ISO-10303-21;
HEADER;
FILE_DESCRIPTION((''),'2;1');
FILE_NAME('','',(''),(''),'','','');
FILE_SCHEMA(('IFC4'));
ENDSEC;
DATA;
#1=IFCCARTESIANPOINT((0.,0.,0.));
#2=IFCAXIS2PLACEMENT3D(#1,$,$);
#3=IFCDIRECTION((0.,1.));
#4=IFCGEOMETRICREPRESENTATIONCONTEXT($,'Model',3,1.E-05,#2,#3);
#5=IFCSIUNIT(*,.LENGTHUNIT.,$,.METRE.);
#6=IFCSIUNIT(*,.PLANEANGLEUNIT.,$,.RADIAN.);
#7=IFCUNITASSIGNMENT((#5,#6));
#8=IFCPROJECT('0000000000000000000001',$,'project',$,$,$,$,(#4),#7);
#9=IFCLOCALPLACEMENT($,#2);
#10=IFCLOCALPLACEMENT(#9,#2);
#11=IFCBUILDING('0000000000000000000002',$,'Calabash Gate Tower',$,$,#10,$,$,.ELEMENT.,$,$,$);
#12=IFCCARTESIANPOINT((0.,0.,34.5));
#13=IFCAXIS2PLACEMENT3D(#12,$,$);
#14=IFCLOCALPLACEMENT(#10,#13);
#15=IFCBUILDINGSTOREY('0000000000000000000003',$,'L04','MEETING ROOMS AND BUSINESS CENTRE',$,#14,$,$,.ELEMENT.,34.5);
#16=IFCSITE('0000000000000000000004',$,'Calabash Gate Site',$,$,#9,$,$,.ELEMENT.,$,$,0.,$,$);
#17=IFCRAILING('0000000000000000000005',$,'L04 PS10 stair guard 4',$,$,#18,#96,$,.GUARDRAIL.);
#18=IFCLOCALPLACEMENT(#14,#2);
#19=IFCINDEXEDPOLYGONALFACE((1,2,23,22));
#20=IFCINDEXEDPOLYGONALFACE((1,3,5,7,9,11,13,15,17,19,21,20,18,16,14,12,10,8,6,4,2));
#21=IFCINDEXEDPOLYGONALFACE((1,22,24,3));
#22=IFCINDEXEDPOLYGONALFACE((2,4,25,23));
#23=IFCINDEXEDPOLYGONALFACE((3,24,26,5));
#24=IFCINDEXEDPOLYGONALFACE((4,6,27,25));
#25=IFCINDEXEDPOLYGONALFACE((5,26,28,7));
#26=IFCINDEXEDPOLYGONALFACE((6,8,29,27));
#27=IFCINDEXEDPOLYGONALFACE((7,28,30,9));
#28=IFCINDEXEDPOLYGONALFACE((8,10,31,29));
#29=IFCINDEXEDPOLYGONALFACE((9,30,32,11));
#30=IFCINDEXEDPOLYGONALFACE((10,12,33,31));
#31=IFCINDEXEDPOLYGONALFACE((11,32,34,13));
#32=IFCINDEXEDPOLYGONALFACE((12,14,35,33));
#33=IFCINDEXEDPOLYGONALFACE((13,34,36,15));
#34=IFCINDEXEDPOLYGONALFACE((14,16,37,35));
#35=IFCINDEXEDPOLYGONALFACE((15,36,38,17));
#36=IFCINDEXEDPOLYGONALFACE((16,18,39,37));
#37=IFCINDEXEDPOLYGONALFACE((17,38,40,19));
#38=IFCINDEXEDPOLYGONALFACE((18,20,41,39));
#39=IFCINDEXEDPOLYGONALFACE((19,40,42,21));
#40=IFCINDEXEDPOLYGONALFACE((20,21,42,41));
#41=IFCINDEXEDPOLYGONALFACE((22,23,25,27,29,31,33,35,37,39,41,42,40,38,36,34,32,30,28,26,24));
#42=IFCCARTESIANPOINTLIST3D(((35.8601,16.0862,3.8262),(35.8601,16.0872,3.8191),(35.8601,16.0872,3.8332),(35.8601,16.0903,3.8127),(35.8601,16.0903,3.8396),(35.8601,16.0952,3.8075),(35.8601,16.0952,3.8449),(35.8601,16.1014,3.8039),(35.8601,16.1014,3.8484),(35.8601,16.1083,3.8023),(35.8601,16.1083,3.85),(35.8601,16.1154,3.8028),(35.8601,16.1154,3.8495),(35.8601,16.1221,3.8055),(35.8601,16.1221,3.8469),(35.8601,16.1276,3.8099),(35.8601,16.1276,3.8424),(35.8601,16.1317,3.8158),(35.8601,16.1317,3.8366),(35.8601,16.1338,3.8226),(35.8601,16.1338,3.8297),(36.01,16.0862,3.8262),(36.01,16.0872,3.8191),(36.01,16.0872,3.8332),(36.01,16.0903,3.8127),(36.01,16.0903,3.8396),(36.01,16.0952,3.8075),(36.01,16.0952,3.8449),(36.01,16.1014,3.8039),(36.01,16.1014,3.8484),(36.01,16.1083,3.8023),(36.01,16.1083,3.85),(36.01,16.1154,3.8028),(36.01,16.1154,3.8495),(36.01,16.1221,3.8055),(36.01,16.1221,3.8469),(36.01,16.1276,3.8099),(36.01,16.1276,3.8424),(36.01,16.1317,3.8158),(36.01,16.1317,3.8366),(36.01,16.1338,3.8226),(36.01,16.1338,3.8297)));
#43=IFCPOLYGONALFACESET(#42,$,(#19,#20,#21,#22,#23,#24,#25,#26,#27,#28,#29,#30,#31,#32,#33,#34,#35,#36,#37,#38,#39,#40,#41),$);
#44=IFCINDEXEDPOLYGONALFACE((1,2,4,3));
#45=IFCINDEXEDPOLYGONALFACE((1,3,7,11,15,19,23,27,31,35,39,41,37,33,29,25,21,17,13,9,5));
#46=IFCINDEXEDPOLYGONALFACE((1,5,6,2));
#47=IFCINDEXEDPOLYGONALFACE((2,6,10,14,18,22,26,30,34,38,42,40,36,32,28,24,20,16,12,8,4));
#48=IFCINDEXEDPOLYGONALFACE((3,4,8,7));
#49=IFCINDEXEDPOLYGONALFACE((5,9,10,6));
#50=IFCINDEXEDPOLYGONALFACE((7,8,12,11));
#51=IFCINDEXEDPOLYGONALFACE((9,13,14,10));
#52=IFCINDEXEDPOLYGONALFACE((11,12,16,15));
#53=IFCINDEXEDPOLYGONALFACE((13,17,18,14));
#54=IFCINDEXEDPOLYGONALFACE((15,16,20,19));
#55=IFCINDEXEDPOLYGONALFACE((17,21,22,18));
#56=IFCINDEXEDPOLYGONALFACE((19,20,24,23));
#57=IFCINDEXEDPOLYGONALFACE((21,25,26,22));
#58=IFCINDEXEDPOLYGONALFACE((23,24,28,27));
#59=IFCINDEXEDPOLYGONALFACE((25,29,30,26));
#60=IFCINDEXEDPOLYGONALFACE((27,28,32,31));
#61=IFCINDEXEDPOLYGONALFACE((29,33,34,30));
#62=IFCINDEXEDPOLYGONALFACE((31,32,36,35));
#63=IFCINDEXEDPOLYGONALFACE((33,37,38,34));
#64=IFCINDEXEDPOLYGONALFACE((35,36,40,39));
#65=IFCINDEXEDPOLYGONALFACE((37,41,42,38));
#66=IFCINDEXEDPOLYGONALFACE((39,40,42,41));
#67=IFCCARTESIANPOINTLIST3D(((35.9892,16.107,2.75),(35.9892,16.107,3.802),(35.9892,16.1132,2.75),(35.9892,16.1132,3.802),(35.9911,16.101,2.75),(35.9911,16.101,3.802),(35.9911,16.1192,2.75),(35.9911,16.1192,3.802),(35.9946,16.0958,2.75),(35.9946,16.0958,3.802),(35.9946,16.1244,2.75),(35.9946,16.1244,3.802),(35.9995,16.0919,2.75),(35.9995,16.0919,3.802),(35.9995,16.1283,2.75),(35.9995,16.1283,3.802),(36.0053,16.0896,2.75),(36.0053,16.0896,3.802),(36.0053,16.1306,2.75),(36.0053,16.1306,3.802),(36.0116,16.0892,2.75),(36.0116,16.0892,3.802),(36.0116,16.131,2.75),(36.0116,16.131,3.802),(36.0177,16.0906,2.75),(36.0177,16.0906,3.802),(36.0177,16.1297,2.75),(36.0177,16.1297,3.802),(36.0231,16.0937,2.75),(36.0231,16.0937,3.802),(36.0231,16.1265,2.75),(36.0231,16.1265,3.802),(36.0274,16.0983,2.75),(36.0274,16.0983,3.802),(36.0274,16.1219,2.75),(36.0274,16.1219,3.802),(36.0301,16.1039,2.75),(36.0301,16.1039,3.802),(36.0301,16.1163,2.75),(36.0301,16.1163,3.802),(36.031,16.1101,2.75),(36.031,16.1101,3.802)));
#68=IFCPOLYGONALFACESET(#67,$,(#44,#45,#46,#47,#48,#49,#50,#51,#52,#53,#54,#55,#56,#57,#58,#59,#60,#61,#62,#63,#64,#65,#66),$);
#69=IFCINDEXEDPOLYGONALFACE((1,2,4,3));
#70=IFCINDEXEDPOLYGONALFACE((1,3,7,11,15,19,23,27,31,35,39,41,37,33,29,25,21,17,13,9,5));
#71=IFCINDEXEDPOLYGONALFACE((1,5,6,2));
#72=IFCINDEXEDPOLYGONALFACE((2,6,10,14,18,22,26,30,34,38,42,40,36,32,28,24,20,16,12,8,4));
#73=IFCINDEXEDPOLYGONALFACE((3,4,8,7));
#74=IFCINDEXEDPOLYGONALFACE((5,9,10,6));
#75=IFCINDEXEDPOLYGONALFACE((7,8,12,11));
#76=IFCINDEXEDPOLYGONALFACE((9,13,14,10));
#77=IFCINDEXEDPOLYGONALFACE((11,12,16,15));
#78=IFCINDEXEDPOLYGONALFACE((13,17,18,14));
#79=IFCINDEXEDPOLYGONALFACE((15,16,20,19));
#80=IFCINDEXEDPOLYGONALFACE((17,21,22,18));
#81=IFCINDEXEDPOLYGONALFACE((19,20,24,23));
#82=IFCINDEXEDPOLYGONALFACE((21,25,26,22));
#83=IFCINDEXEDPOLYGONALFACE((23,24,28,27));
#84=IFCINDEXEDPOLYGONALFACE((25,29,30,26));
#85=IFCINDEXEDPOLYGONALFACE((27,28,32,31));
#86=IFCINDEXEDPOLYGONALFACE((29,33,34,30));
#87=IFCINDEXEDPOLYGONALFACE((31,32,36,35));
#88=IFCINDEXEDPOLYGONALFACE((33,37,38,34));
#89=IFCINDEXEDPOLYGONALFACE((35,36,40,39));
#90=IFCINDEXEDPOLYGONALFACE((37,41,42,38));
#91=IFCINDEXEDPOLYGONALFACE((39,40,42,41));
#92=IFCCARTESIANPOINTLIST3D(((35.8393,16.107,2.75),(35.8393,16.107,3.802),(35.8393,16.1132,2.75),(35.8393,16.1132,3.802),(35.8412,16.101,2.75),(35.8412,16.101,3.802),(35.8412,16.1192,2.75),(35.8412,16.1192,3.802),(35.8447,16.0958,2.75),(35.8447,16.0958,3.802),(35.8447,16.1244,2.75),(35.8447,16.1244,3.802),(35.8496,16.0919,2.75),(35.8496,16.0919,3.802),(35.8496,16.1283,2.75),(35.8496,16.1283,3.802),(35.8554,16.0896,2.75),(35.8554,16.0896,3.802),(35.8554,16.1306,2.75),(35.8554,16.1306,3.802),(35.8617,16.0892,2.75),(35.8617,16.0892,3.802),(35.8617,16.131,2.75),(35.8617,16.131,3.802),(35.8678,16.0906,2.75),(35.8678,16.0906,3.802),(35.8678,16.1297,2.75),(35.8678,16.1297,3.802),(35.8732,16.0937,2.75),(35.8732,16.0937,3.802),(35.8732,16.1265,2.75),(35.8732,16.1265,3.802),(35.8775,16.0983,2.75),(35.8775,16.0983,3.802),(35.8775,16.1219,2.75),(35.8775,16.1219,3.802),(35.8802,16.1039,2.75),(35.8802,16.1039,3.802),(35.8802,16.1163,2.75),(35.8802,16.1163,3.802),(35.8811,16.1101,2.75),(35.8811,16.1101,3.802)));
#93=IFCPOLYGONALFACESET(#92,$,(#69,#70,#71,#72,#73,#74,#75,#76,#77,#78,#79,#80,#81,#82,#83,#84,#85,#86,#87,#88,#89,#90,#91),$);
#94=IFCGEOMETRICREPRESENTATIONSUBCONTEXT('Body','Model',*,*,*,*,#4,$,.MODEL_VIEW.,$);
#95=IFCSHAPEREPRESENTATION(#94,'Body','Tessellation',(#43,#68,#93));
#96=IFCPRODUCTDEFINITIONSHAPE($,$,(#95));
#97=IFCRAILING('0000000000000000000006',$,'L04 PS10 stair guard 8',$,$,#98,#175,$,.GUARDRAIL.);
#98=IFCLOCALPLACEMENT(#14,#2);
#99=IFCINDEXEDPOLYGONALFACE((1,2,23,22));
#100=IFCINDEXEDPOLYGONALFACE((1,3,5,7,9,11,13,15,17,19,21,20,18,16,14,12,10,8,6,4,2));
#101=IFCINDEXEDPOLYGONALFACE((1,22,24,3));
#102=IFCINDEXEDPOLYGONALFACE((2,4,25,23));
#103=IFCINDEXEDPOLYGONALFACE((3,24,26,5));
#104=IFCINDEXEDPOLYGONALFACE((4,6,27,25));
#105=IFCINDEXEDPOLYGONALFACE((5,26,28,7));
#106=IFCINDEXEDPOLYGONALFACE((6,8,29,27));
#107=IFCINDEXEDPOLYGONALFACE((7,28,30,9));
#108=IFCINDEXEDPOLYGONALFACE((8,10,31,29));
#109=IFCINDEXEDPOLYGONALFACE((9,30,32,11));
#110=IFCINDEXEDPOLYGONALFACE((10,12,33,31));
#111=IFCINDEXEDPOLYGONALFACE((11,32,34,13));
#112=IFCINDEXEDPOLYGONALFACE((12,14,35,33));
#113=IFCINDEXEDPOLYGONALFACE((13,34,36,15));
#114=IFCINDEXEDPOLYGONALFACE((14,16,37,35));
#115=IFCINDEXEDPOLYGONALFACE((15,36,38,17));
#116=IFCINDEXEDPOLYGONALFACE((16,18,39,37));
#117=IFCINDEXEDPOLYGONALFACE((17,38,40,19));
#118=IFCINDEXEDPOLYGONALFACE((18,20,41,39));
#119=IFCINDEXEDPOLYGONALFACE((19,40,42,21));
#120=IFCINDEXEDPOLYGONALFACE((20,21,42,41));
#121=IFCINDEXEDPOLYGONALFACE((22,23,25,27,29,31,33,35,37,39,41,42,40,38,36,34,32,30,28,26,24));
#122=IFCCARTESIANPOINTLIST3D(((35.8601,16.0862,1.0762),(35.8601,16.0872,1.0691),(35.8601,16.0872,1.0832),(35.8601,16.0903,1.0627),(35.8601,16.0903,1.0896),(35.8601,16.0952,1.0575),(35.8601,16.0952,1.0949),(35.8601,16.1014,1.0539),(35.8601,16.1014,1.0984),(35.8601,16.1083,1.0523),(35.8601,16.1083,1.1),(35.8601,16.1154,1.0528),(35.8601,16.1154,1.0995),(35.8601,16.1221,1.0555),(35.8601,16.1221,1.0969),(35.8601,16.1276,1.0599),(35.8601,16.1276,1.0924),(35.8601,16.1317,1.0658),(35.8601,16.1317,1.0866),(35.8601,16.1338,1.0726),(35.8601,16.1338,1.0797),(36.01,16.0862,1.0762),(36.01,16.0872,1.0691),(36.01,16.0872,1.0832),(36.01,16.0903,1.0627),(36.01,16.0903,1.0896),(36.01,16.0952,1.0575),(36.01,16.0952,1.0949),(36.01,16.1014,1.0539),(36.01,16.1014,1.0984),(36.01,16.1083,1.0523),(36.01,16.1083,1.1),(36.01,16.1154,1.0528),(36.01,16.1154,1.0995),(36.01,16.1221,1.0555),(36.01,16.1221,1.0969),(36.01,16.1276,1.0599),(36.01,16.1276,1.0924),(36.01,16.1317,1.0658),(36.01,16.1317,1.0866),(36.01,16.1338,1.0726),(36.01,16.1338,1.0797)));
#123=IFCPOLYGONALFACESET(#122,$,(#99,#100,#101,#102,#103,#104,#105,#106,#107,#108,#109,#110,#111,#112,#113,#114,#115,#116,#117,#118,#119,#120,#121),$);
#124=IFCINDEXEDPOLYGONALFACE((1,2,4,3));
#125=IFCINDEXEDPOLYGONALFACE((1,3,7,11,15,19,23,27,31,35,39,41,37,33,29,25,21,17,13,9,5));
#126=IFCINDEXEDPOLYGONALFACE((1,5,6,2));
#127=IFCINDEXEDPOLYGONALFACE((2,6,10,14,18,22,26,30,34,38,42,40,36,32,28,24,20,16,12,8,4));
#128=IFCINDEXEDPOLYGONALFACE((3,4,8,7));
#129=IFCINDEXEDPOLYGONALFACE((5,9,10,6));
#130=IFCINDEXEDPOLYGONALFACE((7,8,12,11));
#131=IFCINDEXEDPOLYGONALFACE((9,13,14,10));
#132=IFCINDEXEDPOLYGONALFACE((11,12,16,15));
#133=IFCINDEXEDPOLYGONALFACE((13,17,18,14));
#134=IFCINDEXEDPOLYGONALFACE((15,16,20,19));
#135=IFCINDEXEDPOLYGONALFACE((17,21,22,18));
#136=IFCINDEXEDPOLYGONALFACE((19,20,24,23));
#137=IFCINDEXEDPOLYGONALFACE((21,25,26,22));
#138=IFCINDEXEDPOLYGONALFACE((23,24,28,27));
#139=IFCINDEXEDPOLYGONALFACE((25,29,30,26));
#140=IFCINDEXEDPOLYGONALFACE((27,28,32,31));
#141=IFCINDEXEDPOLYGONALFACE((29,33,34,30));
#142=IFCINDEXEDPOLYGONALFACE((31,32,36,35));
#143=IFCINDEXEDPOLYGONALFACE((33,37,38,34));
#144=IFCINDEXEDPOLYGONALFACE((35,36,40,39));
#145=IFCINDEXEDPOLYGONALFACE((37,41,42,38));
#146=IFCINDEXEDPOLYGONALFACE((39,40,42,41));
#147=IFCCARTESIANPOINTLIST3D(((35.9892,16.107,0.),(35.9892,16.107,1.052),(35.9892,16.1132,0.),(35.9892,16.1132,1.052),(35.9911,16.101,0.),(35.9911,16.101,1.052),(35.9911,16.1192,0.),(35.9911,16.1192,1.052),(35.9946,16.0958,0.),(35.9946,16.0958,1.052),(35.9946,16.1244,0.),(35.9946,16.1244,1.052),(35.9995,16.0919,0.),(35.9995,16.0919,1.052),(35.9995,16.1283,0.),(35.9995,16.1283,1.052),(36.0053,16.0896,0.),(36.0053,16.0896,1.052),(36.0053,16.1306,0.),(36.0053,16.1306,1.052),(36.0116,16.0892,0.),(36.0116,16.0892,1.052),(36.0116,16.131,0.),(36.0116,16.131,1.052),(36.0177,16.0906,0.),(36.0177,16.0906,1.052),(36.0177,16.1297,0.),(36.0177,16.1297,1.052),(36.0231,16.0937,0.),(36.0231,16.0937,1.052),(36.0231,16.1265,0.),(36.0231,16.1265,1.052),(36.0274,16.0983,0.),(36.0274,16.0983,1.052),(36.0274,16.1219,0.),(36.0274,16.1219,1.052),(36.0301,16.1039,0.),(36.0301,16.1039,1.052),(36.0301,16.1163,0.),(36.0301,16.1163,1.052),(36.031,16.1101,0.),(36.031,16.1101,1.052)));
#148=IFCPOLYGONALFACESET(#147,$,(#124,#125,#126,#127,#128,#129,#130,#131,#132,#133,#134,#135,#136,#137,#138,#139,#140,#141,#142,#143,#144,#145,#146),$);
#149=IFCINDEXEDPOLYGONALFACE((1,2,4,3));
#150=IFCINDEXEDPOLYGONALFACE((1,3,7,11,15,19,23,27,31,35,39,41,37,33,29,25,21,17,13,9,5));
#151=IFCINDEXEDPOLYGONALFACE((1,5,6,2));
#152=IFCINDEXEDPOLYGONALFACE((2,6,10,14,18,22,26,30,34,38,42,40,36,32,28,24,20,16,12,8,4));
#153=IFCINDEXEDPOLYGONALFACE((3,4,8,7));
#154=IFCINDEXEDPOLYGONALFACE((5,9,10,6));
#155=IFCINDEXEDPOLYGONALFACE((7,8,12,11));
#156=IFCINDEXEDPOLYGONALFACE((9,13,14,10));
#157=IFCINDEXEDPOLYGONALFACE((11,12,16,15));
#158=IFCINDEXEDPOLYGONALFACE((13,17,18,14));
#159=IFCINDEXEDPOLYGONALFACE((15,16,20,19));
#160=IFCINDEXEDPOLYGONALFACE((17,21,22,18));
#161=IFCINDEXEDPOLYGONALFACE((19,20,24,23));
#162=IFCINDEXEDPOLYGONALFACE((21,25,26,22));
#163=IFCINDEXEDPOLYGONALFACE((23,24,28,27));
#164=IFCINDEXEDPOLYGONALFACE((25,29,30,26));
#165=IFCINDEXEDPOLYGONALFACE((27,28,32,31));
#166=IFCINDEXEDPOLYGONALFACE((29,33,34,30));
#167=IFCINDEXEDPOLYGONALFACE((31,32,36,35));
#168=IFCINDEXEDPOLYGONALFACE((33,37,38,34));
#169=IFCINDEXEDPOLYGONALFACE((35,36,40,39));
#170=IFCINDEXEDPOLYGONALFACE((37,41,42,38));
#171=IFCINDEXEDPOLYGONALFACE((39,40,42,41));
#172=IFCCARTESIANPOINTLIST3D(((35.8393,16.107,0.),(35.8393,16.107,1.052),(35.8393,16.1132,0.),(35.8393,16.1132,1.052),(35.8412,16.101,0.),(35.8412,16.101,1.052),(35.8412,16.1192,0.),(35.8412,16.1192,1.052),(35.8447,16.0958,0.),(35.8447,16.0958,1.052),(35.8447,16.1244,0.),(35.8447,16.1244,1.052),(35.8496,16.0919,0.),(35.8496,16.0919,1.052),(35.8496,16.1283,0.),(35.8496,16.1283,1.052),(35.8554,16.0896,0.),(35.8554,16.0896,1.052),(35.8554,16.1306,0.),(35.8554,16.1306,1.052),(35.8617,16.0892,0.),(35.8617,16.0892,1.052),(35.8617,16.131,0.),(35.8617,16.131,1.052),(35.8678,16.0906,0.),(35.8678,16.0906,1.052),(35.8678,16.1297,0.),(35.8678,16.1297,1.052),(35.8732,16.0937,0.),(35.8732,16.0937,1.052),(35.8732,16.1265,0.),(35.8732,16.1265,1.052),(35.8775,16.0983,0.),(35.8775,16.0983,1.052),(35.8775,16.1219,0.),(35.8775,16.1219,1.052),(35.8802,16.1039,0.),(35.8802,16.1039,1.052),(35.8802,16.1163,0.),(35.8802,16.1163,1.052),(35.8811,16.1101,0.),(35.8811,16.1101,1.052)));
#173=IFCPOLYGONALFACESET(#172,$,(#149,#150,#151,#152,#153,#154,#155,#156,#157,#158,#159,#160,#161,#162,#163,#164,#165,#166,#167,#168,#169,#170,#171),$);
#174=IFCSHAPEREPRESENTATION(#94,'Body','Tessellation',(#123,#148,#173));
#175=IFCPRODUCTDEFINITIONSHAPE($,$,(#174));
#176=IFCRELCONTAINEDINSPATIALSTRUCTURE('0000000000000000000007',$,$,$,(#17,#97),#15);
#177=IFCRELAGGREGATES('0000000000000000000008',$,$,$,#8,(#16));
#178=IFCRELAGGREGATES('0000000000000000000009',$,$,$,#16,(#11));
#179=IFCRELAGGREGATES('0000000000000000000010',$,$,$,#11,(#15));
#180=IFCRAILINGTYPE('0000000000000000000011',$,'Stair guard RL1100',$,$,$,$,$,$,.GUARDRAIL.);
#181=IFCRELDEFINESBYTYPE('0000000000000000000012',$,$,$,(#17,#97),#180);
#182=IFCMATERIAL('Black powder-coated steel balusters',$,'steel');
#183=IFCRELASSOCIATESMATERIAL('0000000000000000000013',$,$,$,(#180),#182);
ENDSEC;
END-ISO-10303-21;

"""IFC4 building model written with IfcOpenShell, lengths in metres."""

from ifc_helpers import new_model, si_unit, direction, frame, origin, origin_2d, place, context, subcontext, project, spatial, circle, extrude, material, type_object, element, save


model = new_model("IFC4")

# Units and contexts
model_context = context("Model", 3, precision=1e-05, world=origin(), true_north=direction((0.0, 1.0)))
body_context = subcontext(model_context, "Body", "Model", "MODEL_VIEW")
ifc_project = project(units=[si_unit("LENGTHUNIT", "METRE"), si_unit("PLANEANGLEUNIT", "RADIAN")], contexts=[model_context])

# Site, building, storey
site_placement = place(None, origin())
site = spatial("IfcSite", under=ifc_project, at=site_placement, Name="Calabash Gate Site", CompositionType="ELEMENT", RefElevation=0.0)
building_placement = place(site_placement, origin())
building = spatial("IfcBuilding", under=site, at=building_placement, Name="Calabash Gate Tower", CompositionType="ELEMENT")
storey_placement = place(building_placement, frame((0.0, 0.0, 34.5)))
storey = spatial("IfcBuildingStorey", under=building, at=storey_placement, Name="L04", Description="MEETING ROOMS AND BUSINESS CENTRE", CompositionType="ELEMENT", Elevation=34.5)

# Railings
ifc_material_1 = material(Name="Black powder-coated steel balusters", Category="steel")
railing_type_1 = type_object("IfcRailingType", Name="Stair guard RL1100", PredefinedType="GUARDRAIL", material=ifc_material_1)
for number, where, name in (
    (1, (36.01, 16.1101, 2.75), "L04 PS10 stair guard 4"),
    (2, (36.01, 16.1101, 0.0), "L04 PS10 stair guard 8"),
):
    element("IfcRailing", number, at=place(storey_placement, frame(where)), inside=storey, type_object=railing_type_1, Name=name, PredefinedType="GUARDRAIL", context=body_context, shape_type="SweptSolid", body=[
        extrude(circle(Radius=0.0239, at=origin_2d()), frame((0.0, 0.0, 1.0762), z_axis=(-1.0, 0.0, 0.0), x_axis=(0.0, -1.0, 0.0)), (0.0, 0.0, 1.0), 0.1499),
        extrude(circle(Radius=0.021, at=origin_2d()), origin(), (0.0, 0.0, 1.0), 1.052),
        extrude(circle(Radius=0.021, at=origin_2d()), frame((-0.1499, 0.0, 0.0)), (0.0, 0.0, 1.0), 1.052),
    ])

save(model, "model.ifc")
